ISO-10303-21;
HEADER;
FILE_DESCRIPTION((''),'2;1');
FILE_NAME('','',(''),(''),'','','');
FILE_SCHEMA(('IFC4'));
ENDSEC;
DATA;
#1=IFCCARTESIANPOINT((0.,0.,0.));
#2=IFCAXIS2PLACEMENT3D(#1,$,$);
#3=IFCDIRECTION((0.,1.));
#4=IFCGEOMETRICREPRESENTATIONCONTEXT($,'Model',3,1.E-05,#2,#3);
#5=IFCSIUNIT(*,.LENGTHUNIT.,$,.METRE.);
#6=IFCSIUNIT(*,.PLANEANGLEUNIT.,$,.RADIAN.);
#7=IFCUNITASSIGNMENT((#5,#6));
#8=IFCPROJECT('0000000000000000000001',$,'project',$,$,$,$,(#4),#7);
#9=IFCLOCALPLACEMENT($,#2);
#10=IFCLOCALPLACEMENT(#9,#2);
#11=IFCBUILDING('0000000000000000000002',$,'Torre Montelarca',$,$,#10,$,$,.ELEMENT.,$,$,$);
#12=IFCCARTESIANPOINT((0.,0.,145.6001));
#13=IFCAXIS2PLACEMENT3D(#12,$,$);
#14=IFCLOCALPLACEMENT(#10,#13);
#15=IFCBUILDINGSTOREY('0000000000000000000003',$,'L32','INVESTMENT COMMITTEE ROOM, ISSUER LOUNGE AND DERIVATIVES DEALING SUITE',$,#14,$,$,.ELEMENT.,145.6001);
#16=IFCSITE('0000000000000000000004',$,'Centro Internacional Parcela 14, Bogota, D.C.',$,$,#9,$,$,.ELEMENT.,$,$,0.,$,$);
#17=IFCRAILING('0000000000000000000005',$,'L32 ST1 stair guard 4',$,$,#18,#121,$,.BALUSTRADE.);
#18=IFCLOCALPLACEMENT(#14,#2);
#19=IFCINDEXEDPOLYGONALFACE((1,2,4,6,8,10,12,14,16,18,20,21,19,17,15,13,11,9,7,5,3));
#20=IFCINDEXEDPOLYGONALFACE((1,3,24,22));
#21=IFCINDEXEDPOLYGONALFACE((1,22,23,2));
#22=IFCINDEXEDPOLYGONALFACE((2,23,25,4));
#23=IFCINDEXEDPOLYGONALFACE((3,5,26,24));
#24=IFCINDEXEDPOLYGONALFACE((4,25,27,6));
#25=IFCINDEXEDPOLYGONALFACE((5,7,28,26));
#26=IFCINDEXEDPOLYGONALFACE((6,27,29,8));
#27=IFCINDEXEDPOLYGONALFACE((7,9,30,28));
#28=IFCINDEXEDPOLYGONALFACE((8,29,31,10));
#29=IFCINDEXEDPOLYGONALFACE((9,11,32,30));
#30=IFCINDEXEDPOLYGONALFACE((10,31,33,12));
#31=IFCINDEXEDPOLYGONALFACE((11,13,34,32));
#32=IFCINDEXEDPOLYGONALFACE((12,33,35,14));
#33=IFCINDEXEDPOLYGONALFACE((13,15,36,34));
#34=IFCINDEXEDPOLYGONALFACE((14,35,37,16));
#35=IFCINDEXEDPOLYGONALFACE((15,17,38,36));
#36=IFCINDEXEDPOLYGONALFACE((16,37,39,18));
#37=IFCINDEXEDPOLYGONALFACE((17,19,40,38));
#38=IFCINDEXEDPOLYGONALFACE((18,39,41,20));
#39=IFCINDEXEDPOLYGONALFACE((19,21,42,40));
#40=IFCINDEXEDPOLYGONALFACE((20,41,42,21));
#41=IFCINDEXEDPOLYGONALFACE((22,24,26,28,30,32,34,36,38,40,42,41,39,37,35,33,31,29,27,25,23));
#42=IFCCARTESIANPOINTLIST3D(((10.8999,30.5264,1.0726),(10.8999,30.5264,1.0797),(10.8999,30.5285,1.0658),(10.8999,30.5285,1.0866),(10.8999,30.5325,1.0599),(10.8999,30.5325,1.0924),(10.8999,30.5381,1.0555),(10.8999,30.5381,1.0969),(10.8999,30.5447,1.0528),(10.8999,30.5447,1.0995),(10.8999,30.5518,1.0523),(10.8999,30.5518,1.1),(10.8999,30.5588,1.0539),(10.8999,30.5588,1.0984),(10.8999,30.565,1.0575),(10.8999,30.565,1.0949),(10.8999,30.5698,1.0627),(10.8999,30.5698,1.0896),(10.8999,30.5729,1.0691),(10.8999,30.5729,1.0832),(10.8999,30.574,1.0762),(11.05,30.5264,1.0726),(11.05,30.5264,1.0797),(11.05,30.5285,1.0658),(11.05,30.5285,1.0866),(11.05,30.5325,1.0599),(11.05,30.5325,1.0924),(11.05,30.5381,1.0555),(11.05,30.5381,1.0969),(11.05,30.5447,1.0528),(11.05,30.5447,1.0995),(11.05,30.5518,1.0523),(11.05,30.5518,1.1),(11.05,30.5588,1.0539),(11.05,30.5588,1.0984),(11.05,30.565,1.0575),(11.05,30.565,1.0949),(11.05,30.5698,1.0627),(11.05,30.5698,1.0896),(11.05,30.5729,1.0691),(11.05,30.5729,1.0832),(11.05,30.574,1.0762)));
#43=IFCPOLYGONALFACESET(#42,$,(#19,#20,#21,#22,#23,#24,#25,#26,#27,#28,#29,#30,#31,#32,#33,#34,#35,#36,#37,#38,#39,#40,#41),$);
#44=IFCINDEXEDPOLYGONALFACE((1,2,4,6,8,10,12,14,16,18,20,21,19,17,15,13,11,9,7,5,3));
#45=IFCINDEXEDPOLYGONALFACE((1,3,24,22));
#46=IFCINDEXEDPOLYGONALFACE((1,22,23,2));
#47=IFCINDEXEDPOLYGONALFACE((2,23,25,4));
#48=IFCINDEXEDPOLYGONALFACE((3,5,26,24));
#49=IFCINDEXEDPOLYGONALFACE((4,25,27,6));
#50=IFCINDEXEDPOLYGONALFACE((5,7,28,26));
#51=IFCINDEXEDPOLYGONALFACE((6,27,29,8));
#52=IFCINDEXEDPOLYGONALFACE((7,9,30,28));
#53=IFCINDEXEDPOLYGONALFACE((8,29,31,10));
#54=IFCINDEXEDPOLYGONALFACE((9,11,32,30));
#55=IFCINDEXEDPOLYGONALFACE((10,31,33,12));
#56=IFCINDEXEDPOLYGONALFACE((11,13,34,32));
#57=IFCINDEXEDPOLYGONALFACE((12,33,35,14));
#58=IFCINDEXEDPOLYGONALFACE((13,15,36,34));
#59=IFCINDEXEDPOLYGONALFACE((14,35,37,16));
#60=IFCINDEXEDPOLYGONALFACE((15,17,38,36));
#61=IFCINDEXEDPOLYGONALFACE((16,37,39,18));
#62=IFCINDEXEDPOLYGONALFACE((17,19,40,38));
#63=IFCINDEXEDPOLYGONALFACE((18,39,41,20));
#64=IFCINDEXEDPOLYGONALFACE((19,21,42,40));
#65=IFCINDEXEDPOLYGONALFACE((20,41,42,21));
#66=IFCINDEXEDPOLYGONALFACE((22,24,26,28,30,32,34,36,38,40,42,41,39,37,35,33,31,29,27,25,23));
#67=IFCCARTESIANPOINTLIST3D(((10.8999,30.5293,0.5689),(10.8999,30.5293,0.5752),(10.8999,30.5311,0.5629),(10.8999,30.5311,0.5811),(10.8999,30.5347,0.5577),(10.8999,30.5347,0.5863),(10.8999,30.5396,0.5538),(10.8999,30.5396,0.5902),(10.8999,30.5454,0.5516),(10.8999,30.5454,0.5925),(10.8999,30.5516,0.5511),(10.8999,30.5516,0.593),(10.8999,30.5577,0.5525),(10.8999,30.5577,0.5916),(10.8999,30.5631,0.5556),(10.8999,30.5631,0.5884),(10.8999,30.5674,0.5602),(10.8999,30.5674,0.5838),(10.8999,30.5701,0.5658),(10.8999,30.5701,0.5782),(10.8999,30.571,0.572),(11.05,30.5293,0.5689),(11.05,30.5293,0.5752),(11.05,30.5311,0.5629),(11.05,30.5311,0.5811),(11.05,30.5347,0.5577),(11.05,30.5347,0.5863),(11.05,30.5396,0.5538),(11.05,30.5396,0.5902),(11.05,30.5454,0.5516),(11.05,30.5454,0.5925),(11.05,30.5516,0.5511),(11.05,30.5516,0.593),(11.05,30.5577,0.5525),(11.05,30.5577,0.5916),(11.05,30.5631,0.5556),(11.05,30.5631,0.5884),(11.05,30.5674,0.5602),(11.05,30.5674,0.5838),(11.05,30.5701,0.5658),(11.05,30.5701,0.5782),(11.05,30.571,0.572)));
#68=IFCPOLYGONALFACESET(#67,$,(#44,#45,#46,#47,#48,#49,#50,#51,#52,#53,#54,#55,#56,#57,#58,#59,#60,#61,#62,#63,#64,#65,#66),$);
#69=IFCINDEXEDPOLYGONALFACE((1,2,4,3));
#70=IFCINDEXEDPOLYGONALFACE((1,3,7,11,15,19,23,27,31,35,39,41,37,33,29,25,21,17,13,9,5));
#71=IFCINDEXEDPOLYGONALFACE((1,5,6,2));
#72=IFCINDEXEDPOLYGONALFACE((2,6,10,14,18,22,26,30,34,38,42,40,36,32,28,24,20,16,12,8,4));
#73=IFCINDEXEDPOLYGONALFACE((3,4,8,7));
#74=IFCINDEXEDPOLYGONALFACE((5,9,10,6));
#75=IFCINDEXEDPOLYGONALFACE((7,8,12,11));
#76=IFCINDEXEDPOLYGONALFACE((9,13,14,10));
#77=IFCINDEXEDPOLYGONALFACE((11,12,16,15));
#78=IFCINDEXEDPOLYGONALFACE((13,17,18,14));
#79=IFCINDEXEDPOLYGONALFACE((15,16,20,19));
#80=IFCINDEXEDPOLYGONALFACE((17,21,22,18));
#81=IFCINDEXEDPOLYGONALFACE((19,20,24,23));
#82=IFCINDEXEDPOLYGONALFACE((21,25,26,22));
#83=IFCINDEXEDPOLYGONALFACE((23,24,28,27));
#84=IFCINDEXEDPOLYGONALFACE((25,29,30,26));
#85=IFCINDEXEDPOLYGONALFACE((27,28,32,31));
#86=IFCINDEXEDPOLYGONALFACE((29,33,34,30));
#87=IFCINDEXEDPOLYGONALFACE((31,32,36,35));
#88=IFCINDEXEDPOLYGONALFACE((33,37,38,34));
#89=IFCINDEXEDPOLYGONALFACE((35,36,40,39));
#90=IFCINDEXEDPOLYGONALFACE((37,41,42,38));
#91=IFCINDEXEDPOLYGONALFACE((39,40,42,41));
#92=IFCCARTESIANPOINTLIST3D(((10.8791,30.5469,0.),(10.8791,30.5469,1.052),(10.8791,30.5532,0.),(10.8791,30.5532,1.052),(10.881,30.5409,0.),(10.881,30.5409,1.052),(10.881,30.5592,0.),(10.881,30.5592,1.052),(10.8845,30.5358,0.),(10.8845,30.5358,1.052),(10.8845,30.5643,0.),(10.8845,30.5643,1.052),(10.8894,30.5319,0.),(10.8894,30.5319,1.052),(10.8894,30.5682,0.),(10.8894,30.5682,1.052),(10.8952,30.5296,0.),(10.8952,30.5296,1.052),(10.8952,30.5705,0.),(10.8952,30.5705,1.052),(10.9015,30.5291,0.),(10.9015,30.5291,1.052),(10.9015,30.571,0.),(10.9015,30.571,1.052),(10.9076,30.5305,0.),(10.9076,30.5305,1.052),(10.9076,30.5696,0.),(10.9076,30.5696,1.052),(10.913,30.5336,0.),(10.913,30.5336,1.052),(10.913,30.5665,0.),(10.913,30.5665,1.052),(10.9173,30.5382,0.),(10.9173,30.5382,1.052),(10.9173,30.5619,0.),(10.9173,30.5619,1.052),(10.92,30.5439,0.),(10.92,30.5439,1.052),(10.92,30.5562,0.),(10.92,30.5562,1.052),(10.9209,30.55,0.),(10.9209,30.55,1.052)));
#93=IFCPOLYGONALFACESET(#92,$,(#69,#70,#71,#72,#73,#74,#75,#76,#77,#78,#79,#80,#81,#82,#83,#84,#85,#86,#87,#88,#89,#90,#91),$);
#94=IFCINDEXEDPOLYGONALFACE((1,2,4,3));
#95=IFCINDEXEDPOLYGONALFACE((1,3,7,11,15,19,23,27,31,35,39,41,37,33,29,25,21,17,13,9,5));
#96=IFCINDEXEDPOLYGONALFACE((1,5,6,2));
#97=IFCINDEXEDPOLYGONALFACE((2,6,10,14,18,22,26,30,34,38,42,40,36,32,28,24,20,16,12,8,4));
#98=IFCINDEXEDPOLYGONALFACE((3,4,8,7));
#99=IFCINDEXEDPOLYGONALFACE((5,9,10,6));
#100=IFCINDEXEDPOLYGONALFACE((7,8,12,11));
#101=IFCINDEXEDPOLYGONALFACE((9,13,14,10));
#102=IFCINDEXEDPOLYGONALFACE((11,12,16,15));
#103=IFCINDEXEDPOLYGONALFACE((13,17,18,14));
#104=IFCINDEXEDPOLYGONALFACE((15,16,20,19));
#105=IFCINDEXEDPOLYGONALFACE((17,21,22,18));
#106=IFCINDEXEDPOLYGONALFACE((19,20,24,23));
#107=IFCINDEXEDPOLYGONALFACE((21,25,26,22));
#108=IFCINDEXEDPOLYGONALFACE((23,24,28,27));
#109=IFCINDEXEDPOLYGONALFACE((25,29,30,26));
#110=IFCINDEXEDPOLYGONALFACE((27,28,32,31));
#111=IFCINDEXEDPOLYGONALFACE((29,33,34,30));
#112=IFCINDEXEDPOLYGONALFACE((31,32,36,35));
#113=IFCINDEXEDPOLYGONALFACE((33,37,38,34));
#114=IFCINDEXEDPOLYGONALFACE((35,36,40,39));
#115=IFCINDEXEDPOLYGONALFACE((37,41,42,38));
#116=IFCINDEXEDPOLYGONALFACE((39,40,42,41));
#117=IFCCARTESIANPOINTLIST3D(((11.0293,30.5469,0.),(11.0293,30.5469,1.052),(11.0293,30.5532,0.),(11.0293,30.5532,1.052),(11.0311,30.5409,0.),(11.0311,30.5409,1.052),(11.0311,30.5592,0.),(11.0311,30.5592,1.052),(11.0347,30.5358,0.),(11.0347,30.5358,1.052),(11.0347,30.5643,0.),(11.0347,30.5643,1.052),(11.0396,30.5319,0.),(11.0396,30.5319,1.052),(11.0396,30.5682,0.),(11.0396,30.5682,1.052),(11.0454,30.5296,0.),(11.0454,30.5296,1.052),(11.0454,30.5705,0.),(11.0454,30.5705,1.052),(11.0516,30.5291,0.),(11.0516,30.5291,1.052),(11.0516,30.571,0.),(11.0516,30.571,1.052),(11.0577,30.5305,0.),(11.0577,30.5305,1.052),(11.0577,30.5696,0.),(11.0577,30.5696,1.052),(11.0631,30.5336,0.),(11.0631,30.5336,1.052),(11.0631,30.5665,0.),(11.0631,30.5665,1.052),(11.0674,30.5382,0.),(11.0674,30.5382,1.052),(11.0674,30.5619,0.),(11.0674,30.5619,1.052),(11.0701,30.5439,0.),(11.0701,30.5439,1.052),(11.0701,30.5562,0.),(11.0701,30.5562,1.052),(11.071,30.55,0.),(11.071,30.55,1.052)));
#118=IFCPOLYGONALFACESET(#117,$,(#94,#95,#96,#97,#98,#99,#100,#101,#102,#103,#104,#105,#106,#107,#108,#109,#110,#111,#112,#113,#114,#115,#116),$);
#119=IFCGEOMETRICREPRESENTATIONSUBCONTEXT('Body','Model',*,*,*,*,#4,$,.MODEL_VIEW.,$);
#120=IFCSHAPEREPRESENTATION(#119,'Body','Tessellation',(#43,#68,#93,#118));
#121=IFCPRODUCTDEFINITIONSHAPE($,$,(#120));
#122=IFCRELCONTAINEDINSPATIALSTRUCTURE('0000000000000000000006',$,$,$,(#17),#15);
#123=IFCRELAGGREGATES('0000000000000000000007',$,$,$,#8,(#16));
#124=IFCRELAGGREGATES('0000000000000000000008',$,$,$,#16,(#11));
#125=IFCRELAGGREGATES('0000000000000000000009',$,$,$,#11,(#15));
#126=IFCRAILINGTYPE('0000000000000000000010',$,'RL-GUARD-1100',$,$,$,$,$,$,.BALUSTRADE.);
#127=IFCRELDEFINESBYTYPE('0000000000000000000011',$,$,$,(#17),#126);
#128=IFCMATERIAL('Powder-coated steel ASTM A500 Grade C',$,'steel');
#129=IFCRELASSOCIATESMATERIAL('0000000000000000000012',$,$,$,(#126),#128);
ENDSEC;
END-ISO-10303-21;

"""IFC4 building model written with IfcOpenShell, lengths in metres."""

from ifc_helpers import new_model, si_unit, direction, frame, origin, origin_2d, place, context, subcontext, project, spatial, circle, extrude, material, type_object, element, save


model = new_model("IFC4")

# Units and contexts
model_context = context("Model", 3, precision=1e-05, world=origin(), true_north=direction((0.0, 1.0)))
body_context = subcontext(model_context, "Body", "Model", "MODEL_VIEW")
ifc_project = project(units=[si_unit("LENGTHUNIT", "METRE"), si_unit("PLANEANGLEUNIT", "RADIAN")], contexts=[model_context])

# Site, building, storey
site_placement = place(None, origin())
site = spatial("IfcSite", under=ifc_project, at=site_placement, Name="Centro Internacional Parcela 14, Bogota, D.C.", CompositionType="ELEMENT", RefElevation=0.0)
building_placement = place(site_placement, origin())
building = spatial("IfcBuilding", under=site, at=building_placement, Name="Torre Montelarca", CompositionType="ELEMENT")
storey_placement = place(building_placement, frame((0.0, 0.0, 145.6001)))
storey = spatial("IfcBuildingStorey", under=building, at=storey_placement, Name="L32", Description="INVESTMENT COMMITTEE ROOM, ISSUER LOUNGE AND DERIVATIVES DEALING SUITE", CompositionType="ELEMENT", Elevation=145.6001)

# Railing
ifc_material_1 = material(Name="Powder-coated steel ASTM A500 Grade C", Category="steel")
railing_type_1 = type_object("IfcRailingType", Name="RL-GUARD-1100", PredefinedType="BALUSTRADE", material=ifc_material_1)
railing_1_placement = place(storey_placement, frame((10.8999, 30.55, 0.0)))
element("IfcRailing", 1, at=railing_1_placement, inside=storey, type_object=railing_type_1, Name="L32 ST1 stair guard 4", PredefinedType="BALUSTRADE", context=body_context, shape_type="SweptSolid", body=[
    extrude(circle(Radius=0.0239, at=origin_2d()), frame((0.0, 0.0, 1.0762), z_axis=(1.0, 0.0, 0.0), x_axis=(0.0, 1.0, 0.0)), (0.0, 0.0, 1.0), 0.1501),
    extrude(circle(Radius=0.021, at=origin_2d()), frame((0.0, 0.0, 0.572), z_axis=(1.0, 0.0, 0.0), x_axis=(0.0, 1.0, 0.0)), (0.0, 0.0, 1.0), 0.1501),
    extrude(circle(Radius=0.021, at=origin_2d()), origin(), (0.0, 0.0, 1.0), 1.052),
    extrude(circle(Radius=0.021, at=origin_2d()), frame((0.1501, 0.0, 0.0)), (0.0, 0.0, 1.0), 1.052),
])

save(model, "model.ifc")
